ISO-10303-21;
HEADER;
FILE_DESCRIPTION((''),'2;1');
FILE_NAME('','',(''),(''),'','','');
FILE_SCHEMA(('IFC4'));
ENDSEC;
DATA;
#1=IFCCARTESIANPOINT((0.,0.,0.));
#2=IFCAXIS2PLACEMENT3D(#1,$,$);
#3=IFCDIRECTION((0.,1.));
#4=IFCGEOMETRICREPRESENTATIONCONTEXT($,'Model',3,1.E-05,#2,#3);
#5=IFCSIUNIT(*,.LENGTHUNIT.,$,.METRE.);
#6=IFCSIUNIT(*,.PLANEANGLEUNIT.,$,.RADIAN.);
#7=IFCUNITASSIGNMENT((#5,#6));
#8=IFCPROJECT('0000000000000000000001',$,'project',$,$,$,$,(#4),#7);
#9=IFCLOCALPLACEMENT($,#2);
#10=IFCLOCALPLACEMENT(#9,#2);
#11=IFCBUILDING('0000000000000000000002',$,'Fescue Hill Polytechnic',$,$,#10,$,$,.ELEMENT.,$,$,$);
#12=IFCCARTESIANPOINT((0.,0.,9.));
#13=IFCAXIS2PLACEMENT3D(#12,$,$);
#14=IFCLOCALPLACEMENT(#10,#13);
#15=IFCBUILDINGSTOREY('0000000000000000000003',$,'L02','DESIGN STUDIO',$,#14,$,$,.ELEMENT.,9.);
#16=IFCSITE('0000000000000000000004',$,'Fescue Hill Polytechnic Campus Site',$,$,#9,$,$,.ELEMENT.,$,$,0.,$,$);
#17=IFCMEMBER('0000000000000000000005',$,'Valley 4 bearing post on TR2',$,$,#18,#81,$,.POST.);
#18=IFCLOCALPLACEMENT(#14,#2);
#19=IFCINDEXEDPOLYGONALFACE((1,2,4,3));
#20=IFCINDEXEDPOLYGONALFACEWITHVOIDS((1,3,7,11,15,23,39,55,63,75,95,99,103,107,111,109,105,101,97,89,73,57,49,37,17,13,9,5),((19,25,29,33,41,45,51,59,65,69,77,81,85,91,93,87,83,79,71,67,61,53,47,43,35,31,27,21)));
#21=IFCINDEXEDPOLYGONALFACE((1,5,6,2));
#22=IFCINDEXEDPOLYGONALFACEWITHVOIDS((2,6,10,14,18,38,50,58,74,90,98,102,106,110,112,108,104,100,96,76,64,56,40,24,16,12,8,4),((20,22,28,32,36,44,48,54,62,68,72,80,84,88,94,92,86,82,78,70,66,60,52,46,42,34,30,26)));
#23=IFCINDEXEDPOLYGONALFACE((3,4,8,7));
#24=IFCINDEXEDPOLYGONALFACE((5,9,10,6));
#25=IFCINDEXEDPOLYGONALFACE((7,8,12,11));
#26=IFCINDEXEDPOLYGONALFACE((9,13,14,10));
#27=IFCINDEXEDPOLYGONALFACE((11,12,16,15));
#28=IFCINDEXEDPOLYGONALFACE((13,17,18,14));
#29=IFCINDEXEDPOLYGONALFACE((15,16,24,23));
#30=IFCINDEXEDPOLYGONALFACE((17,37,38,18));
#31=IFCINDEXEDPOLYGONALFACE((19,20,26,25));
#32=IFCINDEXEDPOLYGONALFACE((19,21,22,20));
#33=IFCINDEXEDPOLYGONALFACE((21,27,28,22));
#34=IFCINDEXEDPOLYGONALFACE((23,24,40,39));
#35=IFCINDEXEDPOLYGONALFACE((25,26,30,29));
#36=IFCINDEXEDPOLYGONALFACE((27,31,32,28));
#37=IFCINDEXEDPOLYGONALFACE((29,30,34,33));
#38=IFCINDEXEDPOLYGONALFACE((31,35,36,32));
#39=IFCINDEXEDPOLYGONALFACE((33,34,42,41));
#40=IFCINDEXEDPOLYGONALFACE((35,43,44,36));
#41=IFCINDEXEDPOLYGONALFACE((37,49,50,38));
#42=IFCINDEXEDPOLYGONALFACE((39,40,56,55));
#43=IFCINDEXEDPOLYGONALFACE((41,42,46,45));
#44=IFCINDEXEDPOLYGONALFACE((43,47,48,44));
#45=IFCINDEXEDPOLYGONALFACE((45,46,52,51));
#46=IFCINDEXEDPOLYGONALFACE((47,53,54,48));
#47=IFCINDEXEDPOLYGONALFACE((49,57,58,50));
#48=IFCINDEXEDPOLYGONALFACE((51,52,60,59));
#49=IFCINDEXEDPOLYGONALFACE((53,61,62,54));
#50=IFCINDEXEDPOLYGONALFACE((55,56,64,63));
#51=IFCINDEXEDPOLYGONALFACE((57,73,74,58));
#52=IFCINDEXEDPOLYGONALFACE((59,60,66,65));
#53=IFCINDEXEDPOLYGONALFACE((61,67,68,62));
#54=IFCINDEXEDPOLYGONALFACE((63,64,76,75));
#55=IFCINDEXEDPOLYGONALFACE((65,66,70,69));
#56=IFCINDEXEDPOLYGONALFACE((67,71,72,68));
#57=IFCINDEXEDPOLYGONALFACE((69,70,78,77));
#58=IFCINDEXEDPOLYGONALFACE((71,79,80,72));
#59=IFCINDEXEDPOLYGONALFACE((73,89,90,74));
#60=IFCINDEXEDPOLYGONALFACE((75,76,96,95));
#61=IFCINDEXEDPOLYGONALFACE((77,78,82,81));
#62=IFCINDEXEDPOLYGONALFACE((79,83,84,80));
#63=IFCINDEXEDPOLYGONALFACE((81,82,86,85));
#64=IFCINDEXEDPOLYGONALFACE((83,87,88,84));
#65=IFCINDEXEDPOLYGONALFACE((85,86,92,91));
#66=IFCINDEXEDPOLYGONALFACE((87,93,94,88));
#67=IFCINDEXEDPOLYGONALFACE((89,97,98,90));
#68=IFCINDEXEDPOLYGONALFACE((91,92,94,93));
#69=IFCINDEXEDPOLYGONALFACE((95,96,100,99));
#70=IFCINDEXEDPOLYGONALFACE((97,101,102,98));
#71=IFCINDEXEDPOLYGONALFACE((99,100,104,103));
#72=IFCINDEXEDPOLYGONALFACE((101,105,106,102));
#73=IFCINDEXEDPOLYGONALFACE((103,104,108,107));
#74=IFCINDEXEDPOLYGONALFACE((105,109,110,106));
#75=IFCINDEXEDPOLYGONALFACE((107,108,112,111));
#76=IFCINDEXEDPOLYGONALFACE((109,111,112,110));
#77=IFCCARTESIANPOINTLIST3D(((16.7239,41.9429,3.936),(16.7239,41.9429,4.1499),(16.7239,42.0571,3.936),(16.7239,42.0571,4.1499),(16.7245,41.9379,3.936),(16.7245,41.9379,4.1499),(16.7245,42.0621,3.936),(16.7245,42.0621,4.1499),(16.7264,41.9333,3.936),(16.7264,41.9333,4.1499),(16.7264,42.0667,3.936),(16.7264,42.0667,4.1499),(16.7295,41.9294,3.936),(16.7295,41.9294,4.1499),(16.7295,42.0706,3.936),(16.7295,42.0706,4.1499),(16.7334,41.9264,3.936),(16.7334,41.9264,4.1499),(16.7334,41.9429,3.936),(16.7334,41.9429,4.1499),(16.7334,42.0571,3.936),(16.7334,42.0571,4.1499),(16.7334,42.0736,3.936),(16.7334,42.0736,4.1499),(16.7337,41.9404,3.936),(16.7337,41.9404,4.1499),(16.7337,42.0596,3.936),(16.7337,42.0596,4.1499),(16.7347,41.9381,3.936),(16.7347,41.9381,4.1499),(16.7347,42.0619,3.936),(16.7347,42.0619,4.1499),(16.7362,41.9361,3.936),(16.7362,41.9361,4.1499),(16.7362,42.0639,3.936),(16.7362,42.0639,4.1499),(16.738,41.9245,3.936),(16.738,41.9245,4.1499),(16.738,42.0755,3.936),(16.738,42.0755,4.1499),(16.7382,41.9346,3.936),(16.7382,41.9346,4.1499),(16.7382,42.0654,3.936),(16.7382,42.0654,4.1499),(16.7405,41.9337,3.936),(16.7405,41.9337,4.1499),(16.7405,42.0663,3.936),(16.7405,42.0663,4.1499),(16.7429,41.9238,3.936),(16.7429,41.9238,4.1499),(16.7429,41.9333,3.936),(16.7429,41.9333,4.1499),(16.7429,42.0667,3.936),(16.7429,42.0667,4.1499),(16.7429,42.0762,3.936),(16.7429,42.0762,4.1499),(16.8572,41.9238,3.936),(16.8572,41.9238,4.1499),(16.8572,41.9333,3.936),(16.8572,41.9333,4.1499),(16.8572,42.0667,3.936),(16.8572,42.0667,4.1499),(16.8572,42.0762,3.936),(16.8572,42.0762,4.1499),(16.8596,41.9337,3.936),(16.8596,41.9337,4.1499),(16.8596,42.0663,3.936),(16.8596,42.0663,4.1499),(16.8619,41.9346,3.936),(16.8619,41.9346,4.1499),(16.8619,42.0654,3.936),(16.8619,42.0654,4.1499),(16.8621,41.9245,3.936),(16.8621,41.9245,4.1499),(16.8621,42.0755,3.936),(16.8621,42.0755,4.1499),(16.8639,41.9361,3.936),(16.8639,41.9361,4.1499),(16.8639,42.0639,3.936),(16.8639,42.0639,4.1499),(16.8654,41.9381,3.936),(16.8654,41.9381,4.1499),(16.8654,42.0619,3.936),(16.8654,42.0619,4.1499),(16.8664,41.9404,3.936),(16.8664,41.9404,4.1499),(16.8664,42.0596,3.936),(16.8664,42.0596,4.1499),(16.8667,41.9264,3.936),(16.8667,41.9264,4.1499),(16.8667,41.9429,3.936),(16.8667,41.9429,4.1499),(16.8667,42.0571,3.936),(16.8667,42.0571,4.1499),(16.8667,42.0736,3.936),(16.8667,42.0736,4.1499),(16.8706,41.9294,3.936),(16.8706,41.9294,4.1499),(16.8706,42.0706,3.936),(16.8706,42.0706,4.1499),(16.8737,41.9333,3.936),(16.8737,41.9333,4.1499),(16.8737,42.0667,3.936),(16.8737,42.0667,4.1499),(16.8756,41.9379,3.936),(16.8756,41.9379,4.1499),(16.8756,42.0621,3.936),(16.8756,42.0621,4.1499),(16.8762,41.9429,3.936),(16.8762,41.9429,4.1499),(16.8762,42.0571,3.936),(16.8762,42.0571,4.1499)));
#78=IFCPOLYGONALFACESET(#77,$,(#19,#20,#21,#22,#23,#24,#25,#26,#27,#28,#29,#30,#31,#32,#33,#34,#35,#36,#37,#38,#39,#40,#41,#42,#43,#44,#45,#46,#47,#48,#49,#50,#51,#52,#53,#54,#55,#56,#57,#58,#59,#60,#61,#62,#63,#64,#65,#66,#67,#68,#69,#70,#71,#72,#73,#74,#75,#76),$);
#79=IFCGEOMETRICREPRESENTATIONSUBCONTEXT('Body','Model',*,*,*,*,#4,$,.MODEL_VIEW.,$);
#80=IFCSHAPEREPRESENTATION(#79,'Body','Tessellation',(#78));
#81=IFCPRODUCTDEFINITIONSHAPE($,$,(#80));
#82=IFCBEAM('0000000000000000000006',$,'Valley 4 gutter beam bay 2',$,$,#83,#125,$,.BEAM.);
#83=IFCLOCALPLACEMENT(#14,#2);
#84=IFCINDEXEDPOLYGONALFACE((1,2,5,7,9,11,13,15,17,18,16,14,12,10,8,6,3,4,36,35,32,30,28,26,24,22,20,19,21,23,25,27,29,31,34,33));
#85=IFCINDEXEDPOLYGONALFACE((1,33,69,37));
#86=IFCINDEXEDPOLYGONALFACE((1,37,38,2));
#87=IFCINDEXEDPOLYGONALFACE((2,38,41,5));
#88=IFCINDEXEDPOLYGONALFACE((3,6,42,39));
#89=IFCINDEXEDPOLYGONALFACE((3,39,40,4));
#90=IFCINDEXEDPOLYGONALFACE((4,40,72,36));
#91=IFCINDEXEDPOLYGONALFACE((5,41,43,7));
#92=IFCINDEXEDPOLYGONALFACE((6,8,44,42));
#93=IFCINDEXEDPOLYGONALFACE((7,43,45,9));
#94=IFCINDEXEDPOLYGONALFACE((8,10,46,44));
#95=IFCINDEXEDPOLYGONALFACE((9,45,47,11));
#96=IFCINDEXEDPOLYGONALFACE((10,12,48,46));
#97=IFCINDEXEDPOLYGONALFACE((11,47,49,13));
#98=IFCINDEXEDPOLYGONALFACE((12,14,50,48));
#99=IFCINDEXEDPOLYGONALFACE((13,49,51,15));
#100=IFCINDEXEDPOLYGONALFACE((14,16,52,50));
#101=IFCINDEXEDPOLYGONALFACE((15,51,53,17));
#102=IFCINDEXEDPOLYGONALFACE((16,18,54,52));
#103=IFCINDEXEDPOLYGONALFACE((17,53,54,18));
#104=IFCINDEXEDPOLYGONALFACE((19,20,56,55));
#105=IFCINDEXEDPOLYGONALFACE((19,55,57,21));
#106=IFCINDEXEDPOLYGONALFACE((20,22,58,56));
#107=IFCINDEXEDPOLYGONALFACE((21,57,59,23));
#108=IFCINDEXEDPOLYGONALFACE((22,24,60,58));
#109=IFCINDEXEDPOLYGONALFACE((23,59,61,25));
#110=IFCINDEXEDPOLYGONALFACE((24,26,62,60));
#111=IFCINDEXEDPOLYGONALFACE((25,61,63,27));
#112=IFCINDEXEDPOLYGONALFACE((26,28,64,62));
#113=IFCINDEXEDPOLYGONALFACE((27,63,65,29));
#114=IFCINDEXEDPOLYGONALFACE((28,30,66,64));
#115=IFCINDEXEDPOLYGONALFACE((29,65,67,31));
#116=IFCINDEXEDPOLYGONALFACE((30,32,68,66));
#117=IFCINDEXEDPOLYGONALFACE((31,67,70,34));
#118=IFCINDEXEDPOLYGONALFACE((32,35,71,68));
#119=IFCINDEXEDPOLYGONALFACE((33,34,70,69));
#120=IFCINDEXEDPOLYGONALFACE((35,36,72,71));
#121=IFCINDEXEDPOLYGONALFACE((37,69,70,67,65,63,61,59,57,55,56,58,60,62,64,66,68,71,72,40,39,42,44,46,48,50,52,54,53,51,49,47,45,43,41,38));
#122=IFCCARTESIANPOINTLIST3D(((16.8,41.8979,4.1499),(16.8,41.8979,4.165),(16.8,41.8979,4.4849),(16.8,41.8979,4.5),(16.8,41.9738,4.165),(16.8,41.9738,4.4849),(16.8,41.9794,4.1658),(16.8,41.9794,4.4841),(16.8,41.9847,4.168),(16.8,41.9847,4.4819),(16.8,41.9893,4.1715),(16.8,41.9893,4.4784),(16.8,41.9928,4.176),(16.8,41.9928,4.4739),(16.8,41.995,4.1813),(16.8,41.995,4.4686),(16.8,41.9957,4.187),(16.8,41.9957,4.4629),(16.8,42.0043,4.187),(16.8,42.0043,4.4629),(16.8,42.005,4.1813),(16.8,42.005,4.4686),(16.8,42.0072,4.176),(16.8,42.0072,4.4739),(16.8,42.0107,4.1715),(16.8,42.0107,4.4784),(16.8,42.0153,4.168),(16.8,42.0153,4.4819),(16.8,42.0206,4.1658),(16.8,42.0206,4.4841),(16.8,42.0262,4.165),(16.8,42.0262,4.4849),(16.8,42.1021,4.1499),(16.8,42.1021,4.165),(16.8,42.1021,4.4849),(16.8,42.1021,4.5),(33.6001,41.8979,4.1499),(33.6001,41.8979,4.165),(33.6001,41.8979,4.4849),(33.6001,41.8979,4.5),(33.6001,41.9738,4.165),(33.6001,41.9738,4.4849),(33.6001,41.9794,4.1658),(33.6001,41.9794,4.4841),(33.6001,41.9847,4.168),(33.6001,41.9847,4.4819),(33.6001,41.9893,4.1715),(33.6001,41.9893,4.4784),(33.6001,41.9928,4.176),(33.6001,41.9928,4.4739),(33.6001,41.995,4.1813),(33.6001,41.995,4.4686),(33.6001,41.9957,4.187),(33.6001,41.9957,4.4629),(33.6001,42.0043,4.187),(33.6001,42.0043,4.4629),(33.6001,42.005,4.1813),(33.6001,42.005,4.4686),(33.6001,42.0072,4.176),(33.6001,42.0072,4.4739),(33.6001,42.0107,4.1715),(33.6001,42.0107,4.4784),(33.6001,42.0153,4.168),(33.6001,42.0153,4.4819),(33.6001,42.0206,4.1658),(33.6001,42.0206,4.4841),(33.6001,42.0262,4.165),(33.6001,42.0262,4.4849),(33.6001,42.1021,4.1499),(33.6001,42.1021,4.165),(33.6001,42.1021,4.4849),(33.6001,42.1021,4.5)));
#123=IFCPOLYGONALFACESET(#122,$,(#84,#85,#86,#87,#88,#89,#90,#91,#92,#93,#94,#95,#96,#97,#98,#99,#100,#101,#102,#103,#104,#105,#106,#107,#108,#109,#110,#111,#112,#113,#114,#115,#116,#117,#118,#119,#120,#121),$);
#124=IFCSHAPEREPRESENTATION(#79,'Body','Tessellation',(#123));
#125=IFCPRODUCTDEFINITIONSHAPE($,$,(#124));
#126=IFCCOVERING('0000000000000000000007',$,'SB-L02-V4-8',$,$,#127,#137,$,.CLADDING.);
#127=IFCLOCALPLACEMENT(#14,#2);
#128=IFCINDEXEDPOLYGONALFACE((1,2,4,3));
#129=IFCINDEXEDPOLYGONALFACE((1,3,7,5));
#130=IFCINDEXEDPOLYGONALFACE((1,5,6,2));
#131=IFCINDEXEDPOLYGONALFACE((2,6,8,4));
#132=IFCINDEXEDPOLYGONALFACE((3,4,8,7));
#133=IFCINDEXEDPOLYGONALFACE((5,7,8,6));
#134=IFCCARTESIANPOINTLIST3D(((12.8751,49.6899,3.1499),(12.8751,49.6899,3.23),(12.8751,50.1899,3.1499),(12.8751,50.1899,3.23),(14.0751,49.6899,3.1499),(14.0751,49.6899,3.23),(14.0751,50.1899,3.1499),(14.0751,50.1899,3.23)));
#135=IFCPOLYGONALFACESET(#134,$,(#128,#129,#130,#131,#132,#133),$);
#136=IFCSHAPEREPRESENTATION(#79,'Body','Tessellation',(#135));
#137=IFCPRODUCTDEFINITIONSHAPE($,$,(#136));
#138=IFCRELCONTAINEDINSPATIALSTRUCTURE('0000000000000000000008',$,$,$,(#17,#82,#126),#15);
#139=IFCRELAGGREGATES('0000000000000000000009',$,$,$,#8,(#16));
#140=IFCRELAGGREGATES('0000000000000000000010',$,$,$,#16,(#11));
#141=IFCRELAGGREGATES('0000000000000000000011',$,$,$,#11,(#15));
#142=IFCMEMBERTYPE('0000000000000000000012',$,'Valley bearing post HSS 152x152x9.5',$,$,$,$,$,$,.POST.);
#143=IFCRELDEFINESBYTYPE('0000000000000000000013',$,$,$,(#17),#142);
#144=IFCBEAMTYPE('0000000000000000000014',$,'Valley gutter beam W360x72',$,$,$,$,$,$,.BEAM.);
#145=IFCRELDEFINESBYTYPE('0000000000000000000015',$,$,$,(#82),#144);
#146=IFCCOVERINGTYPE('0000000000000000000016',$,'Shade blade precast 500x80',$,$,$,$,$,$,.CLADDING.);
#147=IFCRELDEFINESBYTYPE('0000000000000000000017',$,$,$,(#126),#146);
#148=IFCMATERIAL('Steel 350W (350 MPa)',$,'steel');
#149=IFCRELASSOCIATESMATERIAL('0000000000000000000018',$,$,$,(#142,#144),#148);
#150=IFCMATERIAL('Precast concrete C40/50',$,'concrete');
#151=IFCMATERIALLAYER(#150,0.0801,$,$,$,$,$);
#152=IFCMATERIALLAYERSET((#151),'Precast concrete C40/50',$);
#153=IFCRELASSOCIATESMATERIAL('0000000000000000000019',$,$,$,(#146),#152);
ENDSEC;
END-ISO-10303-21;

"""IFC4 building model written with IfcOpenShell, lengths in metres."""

from ifc_helpers import new_model, si_unit, direction, frame, origin, origin_2d, place, context, subcontext, project, spatial, rectangle, hollow_rectangle, i_section, extrude, material, layer, layer_set, material_profile, profile_set, type_object, element, save


model = new_model("IFC4")

# Units and contexts
model_context = context("Model", 3, precision=1e-05, world=origin(), true_north=direction((0.0, 1.0)))
body_context = subcontext(model_context, "Body", "Model", "MODEL_VIEW")
ifc_project = project(units=[si_unit("LENGTHUNIT", "METRE"), si_unit("PLANEANGLEUNIT", "RADIAN")], contexts=[model_context])

# Site, building, storey
site_placement = place(None, origin())
site = spatial("IfcSite", under=ifc_project, at=site_placement, Name="Fescue Hill Polytechnic Campus Site", CompositionType="ELEMENT", RefElevation=0.0)
building_placement = place(site_placement, origin())
building = spatial("IfcBuilding", under=site, at=building_placement, Name="Fescue Hill Polytechnic", CompositionType="ELEMENT")
storey_placement = place(building_placement, frame((0.0, 0.0, 9.0)))
storey = spatial("IfcBuildingStorey", under=building, at=storey_placement, Name="L02", Description="DESIGN STUDIO", CompositionType="ELEMENT", Elevation=9.0)

# Member
ifc_material_1 = material(Name="Steel 350W (350 MPa)", Category="steel")
ifc_material_profile_1 = material_profile(ifc_material_1, hollow_rectangle(XDim=0.1523, YDim=0.1523, WallThickness=0.0095, InnerFilletRadius=0.0095, OuterFilletRadius=0.019, at=origin_2d()), Name="Valley bearing post HSS 152x152x9.5")
ifc_profile_set_1 = profile_set([ifc_material_profile_1], Name="Steel 350W (350 MPa)")
member_type_1 = type_object("IfcMemberType", Name="Valley bearing post HSS 152x152x9.5", PredefinedType="POST", material=ifc_profile_set_1)
member_1_placement = place(storey_placement, frame((16.8, 42.0, 3.936), z_axis=(0.0, 0.0, 1.0), x_axis=(1.0, 0.0, 0.0)))
element("IfcMember", 1, at=member_1_placement, inside=storey, type_object=member_type_1, Name="Valley 4 bearing post on TR2", PredefinedType="POST", context=body_context, shape_type="SweptSolid", body=[
    extrude(hollow_rectangle(XDim=0.1523, YDim=0.1523, WallThickness=0.0095, InnerFilletRadius=0.0095, OuterFilletRadius=0.019, at=origin_2d()), origin(), (0.0, 0.0, 1.0), 0.2139),
])

# Beam
ifc_material_profile_2 = material_profile(ifc_material_1, i_section(OverallWidth=0.2041, OverallDepth=0.3501, WebThickness=0.0085, FlangeThickness=0.0151, FilletRadius=0.022, at=origin_2d()), Name="W360x72")
ifc_profile_set_2 = profile_set([ifc_material_profile_2], Name="Steel 350W (350 MPa)")
beam_type = type_object("IfcBeamType", Name="Valley gutter beam W360x72", PredefinedType="BEAM", material=ifc_profile_set_2)
beam_placement = place(storey_placement, frame((16.8, 42.0, 4.325), z_axis=(1.0, 0.0, 0.0), x_axis=(0.0, 1.0, 0.0)))
element("IfcBeam", 2, at=beam_placement, inside=storey, type_object=beam_type, Name="Valley 4 gutter beam bay 2", PredefinedType="BEAM", context=body_context, shape_type="SweptSolid", body=[
    extrude(i_section(OverallWidth=0.2041, OverallDepth=0.3501, WebThickness=0.0085, FlangeThickness=0.0151, FilletRadius=0.022, at=origin_2d()), origin(), (0.0, 0.0, 1.0), 16.8),
])

# Covering
ifc_material_2 = material(Name="Precast concrete C40/50", Category="concrete")
ifc_layer = layer(ifc_material_2, 0.0801)
ifc_layer_set = layer_set([ifc_layer], Name="Precast concrete C40/50")
covering_type = type_object("IfcCoveringType", Name="Shade blade precast 500x80", PredefinedType="CLADDING", material=ifc_layer_set)
covering_placement = place(storey_placement, frame((13.4751, 49.9399, 3.1499), z_axis=(0.0, 0.0, 1.0), x_axis=(1.0, 0.0, 0.0)))
element("IfcCovering", 3, at=covering_placement, inside=storey, type_object=covering_type, Name="SB-L02-V4-8", PredefinedType="CLADDING", context=body_context, shape_type="SweptSolid", body=[
    extrude(rectangle(XDim=1.2, YDim=0.5, at=origin_2d()), origin(), (0.0, 0.0, 1.0), 0.0801),
])

save(model, "model.ifc")
